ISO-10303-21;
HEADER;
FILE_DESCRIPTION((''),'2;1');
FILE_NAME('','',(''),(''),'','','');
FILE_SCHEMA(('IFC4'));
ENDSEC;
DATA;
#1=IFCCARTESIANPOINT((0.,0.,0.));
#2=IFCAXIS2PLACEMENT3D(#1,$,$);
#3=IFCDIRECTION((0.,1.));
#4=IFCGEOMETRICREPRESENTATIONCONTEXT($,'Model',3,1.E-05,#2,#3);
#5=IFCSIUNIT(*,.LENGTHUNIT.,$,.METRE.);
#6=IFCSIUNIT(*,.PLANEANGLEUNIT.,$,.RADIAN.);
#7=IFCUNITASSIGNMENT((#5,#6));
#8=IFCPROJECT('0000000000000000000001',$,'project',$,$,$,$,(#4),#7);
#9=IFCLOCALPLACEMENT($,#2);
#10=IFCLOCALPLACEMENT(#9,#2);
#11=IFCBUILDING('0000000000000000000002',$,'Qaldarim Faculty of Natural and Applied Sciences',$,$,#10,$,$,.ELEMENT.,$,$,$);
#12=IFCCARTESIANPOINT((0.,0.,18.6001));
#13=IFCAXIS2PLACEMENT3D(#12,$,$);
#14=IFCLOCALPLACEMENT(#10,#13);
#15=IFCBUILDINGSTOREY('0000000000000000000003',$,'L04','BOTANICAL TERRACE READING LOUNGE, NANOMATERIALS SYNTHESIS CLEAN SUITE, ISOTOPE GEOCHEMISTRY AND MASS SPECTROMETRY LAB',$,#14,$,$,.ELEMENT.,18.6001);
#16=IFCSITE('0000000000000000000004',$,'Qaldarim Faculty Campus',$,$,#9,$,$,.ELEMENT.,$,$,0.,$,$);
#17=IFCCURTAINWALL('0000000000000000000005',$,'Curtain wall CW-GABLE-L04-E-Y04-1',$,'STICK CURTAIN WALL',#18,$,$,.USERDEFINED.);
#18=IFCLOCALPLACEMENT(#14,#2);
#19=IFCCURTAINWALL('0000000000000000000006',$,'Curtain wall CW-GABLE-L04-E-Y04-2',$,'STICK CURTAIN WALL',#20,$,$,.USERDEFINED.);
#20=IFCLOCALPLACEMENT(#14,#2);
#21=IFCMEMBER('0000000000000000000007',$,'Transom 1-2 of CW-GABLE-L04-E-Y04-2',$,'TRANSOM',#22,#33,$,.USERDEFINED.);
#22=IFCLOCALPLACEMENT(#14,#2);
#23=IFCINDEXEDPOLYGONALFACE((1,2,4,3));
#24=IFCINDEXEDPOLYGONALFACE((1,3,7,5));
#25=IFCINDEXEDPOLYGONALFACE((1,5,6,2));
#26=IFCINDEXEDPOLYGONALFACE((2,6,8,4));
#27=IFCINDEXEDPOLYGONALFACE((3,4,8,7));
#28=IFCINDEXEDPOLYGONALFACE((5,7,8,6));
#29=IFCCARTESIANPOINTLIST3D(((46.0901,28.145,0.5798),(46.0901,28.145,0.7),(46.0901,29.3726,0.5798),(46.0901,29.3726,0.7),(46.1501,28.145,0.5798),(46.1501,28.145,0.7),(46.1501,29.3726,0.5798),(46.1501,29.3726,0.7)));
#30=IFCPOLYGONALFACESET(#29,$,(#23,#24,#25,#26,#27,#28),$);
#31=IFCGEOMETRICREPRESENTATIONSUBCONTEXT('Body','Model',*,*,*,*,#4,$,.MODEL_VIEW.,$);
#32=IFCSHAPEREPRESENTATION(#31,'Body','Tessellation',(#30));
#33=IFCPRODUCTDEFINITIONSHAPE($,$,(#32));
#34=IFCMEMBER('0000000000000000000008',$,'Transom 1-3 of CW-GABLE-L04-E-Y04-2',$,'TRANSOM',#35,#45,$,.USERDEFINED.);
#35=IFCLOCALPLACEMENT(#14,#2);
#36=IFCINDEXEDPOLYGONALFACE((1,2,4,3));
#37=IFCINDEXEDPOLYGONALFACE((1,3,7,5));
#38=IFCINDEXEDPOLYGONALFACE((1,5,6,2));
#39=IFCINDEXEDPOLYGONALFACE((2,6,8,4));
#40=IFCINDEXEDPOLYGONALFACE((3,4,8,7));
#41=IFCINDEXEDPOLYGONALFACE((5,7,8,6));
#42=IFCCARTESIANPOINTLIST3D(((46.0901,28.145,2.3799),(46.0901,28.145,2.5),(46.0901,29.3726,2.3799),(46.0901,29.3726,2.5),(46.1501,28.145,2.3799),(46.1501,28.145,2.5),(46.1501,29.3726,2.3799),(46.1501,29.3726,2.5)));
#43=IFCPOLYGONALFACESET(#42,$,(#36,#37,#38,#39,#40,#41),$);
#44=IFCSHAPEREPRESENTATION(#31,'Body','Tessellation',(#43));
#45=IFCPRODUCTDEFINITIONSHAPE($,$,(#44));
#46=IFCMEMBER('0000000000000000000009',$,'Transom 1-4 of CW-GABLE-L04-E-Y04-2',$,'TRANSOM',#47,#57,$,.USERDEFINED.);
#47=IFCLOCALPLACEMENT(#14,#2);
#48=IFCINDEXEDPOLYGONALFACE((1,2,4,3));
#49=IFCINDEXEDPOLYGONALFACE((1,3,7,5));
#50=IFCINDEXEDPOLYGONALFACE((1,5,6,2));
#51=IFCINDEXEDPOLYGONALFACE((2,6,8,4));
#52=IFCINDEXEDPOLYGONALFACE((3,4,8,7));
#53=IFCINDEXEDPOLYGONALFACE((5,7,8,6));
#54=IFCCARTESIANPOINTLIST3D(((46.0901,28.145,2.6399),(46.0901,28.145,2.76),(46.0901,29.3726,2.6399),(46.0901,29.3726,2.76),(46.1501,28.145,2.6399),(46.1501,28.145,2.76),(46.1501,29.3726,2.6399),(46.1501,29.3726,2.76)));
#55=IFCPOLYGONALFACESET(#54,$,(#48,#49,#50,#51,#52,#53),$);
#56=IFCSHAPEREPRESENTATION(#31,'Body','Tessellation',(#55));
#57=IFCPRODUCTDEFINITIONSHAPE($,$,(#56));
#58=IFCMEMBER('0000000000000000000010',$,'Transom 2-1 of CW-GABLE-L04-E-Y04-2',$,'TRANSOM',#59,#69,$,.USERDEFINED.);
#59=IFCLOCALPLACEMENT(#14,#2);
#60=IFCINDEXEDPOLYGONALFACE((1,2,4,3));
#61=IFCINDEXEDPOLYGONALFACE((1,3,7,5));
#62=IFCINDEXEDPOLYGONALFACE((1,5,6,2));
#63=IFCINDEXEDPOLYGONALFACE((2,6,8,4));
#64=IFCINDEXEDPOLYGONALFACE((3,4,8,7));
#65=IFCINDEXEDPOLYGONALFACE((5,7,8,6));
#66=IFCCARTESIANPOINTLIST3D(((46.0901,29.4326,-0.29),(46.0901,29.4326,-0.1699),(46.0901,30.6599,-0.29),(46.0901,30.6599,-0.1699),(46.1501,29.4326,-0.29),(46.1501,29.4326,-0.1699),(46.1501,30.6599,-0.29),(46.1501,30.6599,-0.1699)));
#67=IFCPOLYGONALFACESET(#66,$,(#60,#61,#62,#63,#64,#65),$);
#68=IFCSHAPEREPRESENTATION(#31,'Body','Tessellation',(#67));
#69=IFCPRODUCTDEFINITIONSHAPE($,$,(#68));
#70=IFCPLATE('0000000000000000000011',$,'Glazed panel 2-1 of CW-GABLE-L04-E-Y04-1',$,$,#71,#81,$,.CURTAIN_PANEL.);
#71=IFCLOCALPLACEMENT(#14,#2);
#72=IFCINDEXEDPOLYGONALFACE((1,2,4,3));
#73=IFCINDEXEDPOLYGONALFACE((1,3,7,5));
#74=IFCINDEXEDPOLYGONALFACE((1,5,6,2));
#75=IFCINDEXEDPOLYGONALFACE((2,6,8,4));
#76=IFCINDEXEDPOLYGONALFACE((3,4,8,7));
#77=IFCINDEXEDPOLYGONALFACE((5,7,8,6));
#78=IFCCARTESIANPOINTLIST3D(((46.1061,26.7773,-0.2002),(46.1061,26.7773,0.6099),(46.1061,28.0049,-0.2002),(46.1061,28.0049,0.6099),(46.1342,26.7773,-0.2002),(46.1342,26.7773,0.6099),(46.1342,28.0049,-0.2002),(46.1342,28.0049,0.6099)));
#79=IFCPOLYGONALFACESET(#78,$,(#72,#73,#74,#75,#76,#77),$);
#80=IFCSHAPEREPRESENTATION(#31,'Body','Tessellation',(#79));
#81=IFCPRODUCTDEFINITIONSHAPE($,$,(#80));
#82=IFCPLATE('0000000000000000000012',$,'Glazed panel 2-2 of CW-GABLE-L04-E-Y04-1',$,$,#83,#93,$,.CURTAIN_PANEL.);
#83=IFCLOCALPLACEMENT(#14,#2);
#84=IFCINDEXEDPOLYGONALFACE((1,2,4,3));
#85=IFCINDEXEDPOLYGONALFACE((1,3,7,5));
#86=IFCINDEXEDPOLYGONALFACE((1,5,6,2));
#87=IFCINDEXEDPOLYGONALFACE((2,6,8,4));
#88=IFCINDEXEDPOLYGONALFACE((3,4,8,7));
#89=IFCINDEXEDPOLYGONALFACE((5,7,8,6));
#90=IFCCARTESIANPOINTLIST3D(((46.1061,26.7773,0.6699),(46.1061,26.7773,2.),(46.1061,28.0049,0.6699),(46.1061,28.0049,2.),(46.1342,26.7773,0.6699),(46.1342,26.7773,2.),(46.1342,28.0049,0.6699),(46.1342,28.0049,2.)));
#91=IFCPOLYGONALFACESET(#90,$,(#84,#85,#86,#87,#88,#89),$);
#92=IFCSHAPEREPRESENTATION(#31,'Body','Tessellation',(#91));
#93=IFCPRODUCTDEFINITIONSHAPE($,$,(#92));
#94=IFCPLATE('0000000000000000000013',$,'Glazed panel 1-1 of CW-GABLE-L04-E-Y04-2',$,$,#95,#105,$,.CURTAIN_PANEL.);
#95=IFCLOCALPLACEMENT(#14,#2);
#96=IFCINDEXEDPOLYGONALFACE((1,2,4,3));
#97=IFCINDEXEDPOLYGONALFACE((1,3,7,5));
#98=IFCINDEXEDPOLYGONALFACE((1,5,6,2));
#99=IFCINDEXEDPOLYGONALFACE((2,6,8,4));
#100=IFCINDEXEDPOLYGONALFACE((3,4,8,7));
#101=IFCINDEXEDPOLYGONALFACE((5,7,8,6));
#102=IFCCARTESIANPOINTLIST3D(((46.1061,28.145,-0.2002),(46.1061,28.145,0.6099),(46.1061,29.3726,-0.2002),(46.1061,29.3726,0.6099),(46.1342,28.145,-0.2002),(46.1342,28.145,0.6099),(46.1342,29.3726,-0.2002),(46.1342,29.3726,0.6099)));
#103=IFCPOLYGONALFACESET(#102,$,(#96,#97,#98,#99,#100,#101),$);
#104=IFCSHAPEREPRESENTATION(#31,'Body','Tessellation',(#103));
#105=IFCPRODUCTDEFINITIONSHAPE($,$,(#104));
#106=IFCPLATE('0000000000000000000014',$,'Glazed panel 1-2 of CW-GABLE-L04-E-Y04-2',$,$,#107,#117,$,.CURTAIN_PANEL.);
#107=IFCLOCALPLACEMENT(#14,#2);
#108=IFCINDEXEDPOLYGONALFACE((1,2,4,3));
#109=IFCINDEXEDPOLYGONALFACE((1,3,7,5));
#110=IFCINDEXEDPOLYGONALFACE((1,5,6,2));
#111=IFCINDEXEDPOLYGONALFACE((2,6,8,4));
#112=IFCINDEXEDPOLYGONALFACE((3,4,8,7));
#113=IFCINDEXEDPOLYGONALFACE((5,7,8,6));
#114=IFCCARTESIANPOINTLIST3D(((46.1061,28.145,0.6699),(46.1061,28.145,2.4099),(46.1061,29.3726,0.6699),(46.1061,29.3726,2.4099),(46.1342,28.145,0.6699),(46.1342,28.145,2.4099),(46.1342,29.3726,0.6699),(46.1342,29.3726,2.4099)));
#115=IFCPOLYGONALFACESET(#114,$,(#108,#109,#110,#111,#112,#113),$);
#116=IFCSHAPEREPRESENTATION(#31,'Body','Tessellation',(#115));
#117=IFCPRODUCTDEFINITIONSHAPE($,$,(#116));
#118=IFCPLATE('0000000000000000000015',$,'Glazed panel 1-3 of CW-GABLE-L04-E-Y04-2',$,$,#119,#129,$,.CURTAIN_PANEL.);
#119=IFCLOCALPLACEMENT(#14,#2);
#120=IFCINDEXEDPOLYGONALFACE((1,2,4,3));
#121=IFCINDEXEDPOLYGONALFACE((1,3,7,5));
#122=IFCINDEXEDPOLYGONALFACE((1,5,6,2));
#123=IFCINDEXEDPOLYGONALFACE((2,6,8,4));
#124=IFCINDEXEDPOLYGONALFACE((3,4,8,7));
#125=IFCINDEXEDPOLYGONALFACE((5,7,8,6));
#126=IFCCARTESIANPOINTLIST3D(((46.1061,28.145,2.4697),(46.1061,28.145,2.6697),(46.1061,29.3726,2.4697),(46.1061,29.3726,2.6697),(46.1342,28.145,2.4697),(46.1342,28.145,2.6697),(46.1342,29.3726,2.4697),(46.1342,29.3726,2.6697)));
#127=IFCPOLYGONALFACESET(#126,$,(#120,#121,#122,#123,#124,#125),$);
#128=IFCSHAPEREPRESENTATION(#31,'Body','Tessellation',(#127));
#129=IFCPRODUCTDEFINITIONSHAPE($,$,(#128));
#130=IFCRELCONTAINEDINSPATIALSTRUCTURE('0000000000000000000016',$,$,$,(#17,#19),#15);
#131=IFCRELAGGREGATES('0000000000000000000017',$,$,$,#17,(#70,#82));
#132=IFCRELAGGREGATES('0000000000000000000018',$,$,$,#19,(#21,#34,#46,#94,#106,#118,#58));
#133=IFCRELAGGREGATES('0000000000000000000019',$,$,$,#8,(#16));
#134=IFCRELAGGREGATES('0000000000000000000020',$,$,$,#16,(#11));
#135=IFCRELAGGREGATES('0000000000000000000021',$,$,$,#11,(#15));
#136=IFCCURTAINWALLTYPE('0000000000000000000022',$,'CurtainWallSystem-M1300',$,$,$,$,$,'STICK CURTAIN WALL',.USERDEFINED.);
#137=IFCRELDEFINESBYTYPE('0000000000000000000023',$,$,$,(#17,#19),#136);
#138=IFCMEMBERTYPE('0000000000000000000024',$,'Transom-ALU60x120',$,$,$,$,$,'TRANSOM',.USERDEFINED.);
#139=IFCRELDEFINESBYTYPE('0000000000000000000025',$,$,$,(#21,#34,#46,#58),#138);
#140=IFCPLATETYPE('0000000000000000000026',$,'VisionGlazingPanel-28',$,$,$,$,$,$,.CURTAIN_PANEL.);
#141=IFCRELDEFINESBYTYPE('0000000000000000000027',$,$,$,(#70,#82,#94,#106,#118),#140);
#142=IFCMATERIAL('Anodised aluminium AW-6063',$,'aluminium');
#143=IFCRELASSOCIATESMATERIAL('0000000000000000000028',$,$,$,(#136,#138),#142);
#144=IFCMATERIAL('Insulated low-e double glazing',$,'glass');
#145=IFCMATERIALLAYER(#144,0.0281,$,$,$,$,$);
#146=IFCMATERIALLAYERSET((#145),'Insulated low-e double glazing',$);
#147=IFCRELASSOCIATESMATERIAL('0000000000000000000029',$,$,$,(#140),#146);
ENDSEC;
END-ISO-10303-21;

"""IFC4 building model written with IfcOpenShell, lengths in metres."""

from ifc_helpers import new_model, si_unit, direction, frame, origin, origin_2d, place, context, subcontext, project, spatial, rectangle, extrude, material, layer, layer_set, material_profile, profile_set, type_object, element, aggregate, save


model = new_model("IFC4")

# Units and contexts
model_context = context("Model", 3, precision=1e-05, world=origin(), true_north=direction((0.0, 1.0)))
body_context = subcontext(model_context, "Body", "Model", "MODEL_VIEW")
ifc_project = project(units=[si_unit("LENGTHUNIT", "METRE"), si_unit("PLANEANGLEUNIT", "RADIAN")], contexts=[model_context])

# Site, building, storey
site_placement = place(None, origin())
site = spatial("IfcSite", under=ifc_project, at=site_placement, Name="Qaldarim Faculty Campus", CompositionType="ELEMENT", RefElevation=0.0)
building_placement = place(site_placement, origin())
building = spatial("IfcBuilding", under=site, at=building_placement, Name="Qaldarim Faculty of Natural and Applied Sciences", CompositionType="ELEMENT")
storey_placement = place(building_placement, frame((0.0, 0.0, 18.6001)))
storey = spatial("IfcBuildingStorey", under=building, at=storey_placement, Name="L04", Description="BOTANICAL TERRACE READING LOUNGE, NANOMATERIALS SYNTHESIS CLEAN SUITE, ISOTOPE GEOCHEMISTRY AND MASS SPECTROMETRY LAB", CompositionType="ELEMENT", Elevation=18.6001)

# Curtain wall
ifc_material_1 = material(Name="Anodised aluminium AW-6063", Category="aluminium")
curtain_wall_type = type_object("IfcCurtainWallType", Name="CurtainWallSystem-M1300", ElementType="STICK CURTAIN WALL", PredefinedType="USERDEFINED", material=ifc_material_1)
curtain_wall_1_placement = place(storey_placement, origin())
curtain_wall_1 = element("IfcCurtainWall", 1, at=curtain_wall_1_placement, inside=storey, type_object=curtain_wall_type, Name="Curtain wall CW-GABLE-L04-E-Y04-1", ObjectType="STICK CURTAIN WALL", PredefinedType="USERDEFINED")

# Curtain wall
curtain_wall_2_placement = place(storey_placement, origin())
curtain_wall_2 = element("IfcCurtainWall", 2, at=curtain_wall_2_placement, inside=storey, type_object=curtain_wall_type, Name="Curtain wall CW-GABLE-L04-E-Y04-2", ObjectType="STICK CURTAIN WALL", PredefinedType="USERDEFINED")

# Members
ifc_material_profile_1 = material_profile(ifc_material_1, rectangle(XDim=0.0601, YDim=0.1201, at=origin_2d()), Name="ALU-T60x120")
ifc_profile_set_1 = profile_set([ifc_material_profile_1], Name="Anodised aluminium AW-6063")
member_type_1 = type_object("IfcMemberType", Name="Transom-ALU60x120", ElementType="TRANSOM", PredefinedType="USERDEFINED", material=ifc_profile_set_1)
member_1_placement = place(storey_placement, frame((46.1201, 28.145, 0.6399), z_axis=(0.0, 1.0, 0.0), x_axis=(-1.0, 0.0, 0.0)))
member_1 = element("IfcMember", 3, at=member_1_placement, type_object=member_type_1, Name="Transom 1-2 of CW-GABLE-L04-E-Y04-2", ObjectType="TRANSOM", PredefinedType="USERDEFINED", context=body_context, shape_type="SweptSolid", body=[
    extrude(rectangle(XDim=0.0601, YDim=0.1201, at=origin_2d()), origin(), (0.0, 0.0, 1.0), 1.2275),
])
member_2_placement = place(storey_placement, frame((46.1201, 28.145, 2.4399), z_axis=(0.0, 1.0, 0.0), x_axis=(-1.0, 0.0, 0.0)))
member_2 = element("IfcMember", 4, at=member_2_placement, type_object=member_type_1, Name="Transom 1-3 of CW-GABLE-L04-E-Y04-2", ObjectType="TRANSOM", PredefinedType="USERDEFINED", context=body_context, shape_type="SweptSolid", body=[
    extrude(rectangle(XDim=0.0601, YDim=0.1201, at=origin_2d()), origin(), (0.0, 0.0, 1.0), 1.2275),
])
member_3_placement = place(storey_placement, frame((46.1201, 28.145, 2.7), z_axis=(0.0, 1.0, 0.0), x_axis=(-1.0, 0.0, 0.0)))
member_3 = element("IfcMember", 5, at=member_3_placement, type_object=member_type_1, Name="Transom 1-4 of CW-GABLE-L04-E-Y04-2", ObjectType="TRANSOM", PredefinedType="USERDEFINED", context=body_context, shape_type="SweptSolid", body=[
    extrude(rectangle(XDim=0.0601, YDim=0.1201, at=origin_2d()), origin(), (0.0, 0.0, 1.0), 1.2275),
])
member_4_placement = place(storey_placement, frame((46.1201, 29.4326, -0.23), z_axis=(0.0, 1.0, 0.0), x_axis=(-1.0, 0.0, 0.0)))
member_4 = element("IfcMember", 6, at=member_4_placement, type_object=member_type_1, Name="Transom 2-1 of CW-GABLE-L04-E-Y04-2", ObjectType="TRANSOM", PredefinedType="USERDEFINED", context=body_context, shape_type="SweptSolid", body=[
    extrude(rectangle(XDim=0.0601, YDim=0.1201, at=origin_2d()), origin(), (0.0, 0.0, 1.0), 1.2273),
])

# Plates
ifc_material_2 = material(Name="Insulated low-e double glazing", Category="glass")
ifc_layer = layer(ifc_material_2, 0.0281)
ifc_layer_set = layer_set([ifc_layer], Name="Insulated low-e double glazing")
plate_type = type_object("IfcPlateType", Name="VisionGlazingPanel-28", PredefinedType="CURTAIN_PANEL", material=ifc_layer_set)
plate_1_placement = place(storey_placement, frame((46.1201, 27.3911, -0.2002), z_axis=(0.0, 0.0, 1.0), x_axis=(0.0, 1.0, 0.0)))
plate_1 = element("IfcPlate", 7, at=plate_1_placement, type_object=plate_type, Name="Glazed panel 2-1 of CW-GABLE-L04-E-Y04-1", PredefinedType="CURTAIN_PANEL", context=body_context, shape_type="SweptSolid", body=[
    extrude(rectangle(XDim=1.2275, YDim=0.0281, at=origin_2d()), origin(), (0.0, 0.0, 1.0), 0.8101),
])
plate_2_placement = place(storey_placement, frame((46.1201, 27.3911, 0.6699), z_axis=(0.0, 0.0, 1.0), x_axis=(0.0, 1.0, 0.0)))
plate_2 = element("IfcPlate", 8, at=plate_2_placement, type_object=plate_type, Name="Glazed panel 2-2 of CW-GABLE-L04-E-Y04-1", PredefinedType="CURTAIN_PANEL", context=body_context, shape_type="SweptSolid", body=[
    extrude(rectangle(XDim=1.2275, YDim=0.0281, at=origin_2d()), origin(), (0.0, 0.0, 1.0), 1.3301),
])
aggregate(curtain_wall_1, [plate_1, plate_2])
plate_3_placement = place(storey_placement, frame((46.1201, 28.7588, -0.2002), z_axis=(0.0, 0.0, 1.0), x_axis=(0.0, 1.0, 0.0)))
plate_3 = element("IfcPlate", 9, at=plate_3_placement, type_object=plate_type, Name="Glazed panel 1-1 of CW-GABLE-L04-E-Y04-2", PredefinedType="CURTAIN_PANEL", context=body_context, shape_type="SweptSolid", body=[
    extrude(rectangle(XDim=1.2275, YDim=0.0281, at=origin_2d()), origin(), (0.0, 0.0, 1.0), 0.8101),
])
plate_4_placement = place(storey_placement, frame((46.1201, 28.7588, 0.6699), z_axis=(0.0, 0.0, 1.0), x_axis=(0.0, 1.0, 0.0)))
plate_4 = element("IfcPlate", 10, at=plate_4_placement, type_object=plate_type, Name="Glazed panel 1-2 of CW-GABLE-L04-E-Y04-2", PredefinedType="CURTAIN_PANEL", context=body_context, shape_type="SweptSolid", body=[
    extrude(rectangle(XDim=1.2275, YDim=0.0281, at=origin_2d()), origin(), (0.0, 0.0, 1.0), 1.74),
])
plate_5_placement = place(storey_placement, frame((46.1201, 28.7588, 2.4697), z_axis=(0.0, 0.0, 1.0), x_axis=(0.0, 1.0, 0.0)))
plate_5 = element("IfcPlate", 11, at=plate_5_placement, type_object=plate_type, Name="Glazed panel 1-3 of CW-GABLE-L04-E-Y04-2", PredefinedType="CURTAIN_PANEL", context=body_context, shape_type="SweptSolid", body=[
    extrude(rectangle(XDim=1.2275, YDim=0.0281, at=origin_2d()), origin(), (0.0, 0.0, 1.0), 0.2),
])
aggregate(curtain_wall_2, [member_1, member_2, member_3, plate_3, plate_4, plate_5, member_4])

save(model, "model.ifc")
